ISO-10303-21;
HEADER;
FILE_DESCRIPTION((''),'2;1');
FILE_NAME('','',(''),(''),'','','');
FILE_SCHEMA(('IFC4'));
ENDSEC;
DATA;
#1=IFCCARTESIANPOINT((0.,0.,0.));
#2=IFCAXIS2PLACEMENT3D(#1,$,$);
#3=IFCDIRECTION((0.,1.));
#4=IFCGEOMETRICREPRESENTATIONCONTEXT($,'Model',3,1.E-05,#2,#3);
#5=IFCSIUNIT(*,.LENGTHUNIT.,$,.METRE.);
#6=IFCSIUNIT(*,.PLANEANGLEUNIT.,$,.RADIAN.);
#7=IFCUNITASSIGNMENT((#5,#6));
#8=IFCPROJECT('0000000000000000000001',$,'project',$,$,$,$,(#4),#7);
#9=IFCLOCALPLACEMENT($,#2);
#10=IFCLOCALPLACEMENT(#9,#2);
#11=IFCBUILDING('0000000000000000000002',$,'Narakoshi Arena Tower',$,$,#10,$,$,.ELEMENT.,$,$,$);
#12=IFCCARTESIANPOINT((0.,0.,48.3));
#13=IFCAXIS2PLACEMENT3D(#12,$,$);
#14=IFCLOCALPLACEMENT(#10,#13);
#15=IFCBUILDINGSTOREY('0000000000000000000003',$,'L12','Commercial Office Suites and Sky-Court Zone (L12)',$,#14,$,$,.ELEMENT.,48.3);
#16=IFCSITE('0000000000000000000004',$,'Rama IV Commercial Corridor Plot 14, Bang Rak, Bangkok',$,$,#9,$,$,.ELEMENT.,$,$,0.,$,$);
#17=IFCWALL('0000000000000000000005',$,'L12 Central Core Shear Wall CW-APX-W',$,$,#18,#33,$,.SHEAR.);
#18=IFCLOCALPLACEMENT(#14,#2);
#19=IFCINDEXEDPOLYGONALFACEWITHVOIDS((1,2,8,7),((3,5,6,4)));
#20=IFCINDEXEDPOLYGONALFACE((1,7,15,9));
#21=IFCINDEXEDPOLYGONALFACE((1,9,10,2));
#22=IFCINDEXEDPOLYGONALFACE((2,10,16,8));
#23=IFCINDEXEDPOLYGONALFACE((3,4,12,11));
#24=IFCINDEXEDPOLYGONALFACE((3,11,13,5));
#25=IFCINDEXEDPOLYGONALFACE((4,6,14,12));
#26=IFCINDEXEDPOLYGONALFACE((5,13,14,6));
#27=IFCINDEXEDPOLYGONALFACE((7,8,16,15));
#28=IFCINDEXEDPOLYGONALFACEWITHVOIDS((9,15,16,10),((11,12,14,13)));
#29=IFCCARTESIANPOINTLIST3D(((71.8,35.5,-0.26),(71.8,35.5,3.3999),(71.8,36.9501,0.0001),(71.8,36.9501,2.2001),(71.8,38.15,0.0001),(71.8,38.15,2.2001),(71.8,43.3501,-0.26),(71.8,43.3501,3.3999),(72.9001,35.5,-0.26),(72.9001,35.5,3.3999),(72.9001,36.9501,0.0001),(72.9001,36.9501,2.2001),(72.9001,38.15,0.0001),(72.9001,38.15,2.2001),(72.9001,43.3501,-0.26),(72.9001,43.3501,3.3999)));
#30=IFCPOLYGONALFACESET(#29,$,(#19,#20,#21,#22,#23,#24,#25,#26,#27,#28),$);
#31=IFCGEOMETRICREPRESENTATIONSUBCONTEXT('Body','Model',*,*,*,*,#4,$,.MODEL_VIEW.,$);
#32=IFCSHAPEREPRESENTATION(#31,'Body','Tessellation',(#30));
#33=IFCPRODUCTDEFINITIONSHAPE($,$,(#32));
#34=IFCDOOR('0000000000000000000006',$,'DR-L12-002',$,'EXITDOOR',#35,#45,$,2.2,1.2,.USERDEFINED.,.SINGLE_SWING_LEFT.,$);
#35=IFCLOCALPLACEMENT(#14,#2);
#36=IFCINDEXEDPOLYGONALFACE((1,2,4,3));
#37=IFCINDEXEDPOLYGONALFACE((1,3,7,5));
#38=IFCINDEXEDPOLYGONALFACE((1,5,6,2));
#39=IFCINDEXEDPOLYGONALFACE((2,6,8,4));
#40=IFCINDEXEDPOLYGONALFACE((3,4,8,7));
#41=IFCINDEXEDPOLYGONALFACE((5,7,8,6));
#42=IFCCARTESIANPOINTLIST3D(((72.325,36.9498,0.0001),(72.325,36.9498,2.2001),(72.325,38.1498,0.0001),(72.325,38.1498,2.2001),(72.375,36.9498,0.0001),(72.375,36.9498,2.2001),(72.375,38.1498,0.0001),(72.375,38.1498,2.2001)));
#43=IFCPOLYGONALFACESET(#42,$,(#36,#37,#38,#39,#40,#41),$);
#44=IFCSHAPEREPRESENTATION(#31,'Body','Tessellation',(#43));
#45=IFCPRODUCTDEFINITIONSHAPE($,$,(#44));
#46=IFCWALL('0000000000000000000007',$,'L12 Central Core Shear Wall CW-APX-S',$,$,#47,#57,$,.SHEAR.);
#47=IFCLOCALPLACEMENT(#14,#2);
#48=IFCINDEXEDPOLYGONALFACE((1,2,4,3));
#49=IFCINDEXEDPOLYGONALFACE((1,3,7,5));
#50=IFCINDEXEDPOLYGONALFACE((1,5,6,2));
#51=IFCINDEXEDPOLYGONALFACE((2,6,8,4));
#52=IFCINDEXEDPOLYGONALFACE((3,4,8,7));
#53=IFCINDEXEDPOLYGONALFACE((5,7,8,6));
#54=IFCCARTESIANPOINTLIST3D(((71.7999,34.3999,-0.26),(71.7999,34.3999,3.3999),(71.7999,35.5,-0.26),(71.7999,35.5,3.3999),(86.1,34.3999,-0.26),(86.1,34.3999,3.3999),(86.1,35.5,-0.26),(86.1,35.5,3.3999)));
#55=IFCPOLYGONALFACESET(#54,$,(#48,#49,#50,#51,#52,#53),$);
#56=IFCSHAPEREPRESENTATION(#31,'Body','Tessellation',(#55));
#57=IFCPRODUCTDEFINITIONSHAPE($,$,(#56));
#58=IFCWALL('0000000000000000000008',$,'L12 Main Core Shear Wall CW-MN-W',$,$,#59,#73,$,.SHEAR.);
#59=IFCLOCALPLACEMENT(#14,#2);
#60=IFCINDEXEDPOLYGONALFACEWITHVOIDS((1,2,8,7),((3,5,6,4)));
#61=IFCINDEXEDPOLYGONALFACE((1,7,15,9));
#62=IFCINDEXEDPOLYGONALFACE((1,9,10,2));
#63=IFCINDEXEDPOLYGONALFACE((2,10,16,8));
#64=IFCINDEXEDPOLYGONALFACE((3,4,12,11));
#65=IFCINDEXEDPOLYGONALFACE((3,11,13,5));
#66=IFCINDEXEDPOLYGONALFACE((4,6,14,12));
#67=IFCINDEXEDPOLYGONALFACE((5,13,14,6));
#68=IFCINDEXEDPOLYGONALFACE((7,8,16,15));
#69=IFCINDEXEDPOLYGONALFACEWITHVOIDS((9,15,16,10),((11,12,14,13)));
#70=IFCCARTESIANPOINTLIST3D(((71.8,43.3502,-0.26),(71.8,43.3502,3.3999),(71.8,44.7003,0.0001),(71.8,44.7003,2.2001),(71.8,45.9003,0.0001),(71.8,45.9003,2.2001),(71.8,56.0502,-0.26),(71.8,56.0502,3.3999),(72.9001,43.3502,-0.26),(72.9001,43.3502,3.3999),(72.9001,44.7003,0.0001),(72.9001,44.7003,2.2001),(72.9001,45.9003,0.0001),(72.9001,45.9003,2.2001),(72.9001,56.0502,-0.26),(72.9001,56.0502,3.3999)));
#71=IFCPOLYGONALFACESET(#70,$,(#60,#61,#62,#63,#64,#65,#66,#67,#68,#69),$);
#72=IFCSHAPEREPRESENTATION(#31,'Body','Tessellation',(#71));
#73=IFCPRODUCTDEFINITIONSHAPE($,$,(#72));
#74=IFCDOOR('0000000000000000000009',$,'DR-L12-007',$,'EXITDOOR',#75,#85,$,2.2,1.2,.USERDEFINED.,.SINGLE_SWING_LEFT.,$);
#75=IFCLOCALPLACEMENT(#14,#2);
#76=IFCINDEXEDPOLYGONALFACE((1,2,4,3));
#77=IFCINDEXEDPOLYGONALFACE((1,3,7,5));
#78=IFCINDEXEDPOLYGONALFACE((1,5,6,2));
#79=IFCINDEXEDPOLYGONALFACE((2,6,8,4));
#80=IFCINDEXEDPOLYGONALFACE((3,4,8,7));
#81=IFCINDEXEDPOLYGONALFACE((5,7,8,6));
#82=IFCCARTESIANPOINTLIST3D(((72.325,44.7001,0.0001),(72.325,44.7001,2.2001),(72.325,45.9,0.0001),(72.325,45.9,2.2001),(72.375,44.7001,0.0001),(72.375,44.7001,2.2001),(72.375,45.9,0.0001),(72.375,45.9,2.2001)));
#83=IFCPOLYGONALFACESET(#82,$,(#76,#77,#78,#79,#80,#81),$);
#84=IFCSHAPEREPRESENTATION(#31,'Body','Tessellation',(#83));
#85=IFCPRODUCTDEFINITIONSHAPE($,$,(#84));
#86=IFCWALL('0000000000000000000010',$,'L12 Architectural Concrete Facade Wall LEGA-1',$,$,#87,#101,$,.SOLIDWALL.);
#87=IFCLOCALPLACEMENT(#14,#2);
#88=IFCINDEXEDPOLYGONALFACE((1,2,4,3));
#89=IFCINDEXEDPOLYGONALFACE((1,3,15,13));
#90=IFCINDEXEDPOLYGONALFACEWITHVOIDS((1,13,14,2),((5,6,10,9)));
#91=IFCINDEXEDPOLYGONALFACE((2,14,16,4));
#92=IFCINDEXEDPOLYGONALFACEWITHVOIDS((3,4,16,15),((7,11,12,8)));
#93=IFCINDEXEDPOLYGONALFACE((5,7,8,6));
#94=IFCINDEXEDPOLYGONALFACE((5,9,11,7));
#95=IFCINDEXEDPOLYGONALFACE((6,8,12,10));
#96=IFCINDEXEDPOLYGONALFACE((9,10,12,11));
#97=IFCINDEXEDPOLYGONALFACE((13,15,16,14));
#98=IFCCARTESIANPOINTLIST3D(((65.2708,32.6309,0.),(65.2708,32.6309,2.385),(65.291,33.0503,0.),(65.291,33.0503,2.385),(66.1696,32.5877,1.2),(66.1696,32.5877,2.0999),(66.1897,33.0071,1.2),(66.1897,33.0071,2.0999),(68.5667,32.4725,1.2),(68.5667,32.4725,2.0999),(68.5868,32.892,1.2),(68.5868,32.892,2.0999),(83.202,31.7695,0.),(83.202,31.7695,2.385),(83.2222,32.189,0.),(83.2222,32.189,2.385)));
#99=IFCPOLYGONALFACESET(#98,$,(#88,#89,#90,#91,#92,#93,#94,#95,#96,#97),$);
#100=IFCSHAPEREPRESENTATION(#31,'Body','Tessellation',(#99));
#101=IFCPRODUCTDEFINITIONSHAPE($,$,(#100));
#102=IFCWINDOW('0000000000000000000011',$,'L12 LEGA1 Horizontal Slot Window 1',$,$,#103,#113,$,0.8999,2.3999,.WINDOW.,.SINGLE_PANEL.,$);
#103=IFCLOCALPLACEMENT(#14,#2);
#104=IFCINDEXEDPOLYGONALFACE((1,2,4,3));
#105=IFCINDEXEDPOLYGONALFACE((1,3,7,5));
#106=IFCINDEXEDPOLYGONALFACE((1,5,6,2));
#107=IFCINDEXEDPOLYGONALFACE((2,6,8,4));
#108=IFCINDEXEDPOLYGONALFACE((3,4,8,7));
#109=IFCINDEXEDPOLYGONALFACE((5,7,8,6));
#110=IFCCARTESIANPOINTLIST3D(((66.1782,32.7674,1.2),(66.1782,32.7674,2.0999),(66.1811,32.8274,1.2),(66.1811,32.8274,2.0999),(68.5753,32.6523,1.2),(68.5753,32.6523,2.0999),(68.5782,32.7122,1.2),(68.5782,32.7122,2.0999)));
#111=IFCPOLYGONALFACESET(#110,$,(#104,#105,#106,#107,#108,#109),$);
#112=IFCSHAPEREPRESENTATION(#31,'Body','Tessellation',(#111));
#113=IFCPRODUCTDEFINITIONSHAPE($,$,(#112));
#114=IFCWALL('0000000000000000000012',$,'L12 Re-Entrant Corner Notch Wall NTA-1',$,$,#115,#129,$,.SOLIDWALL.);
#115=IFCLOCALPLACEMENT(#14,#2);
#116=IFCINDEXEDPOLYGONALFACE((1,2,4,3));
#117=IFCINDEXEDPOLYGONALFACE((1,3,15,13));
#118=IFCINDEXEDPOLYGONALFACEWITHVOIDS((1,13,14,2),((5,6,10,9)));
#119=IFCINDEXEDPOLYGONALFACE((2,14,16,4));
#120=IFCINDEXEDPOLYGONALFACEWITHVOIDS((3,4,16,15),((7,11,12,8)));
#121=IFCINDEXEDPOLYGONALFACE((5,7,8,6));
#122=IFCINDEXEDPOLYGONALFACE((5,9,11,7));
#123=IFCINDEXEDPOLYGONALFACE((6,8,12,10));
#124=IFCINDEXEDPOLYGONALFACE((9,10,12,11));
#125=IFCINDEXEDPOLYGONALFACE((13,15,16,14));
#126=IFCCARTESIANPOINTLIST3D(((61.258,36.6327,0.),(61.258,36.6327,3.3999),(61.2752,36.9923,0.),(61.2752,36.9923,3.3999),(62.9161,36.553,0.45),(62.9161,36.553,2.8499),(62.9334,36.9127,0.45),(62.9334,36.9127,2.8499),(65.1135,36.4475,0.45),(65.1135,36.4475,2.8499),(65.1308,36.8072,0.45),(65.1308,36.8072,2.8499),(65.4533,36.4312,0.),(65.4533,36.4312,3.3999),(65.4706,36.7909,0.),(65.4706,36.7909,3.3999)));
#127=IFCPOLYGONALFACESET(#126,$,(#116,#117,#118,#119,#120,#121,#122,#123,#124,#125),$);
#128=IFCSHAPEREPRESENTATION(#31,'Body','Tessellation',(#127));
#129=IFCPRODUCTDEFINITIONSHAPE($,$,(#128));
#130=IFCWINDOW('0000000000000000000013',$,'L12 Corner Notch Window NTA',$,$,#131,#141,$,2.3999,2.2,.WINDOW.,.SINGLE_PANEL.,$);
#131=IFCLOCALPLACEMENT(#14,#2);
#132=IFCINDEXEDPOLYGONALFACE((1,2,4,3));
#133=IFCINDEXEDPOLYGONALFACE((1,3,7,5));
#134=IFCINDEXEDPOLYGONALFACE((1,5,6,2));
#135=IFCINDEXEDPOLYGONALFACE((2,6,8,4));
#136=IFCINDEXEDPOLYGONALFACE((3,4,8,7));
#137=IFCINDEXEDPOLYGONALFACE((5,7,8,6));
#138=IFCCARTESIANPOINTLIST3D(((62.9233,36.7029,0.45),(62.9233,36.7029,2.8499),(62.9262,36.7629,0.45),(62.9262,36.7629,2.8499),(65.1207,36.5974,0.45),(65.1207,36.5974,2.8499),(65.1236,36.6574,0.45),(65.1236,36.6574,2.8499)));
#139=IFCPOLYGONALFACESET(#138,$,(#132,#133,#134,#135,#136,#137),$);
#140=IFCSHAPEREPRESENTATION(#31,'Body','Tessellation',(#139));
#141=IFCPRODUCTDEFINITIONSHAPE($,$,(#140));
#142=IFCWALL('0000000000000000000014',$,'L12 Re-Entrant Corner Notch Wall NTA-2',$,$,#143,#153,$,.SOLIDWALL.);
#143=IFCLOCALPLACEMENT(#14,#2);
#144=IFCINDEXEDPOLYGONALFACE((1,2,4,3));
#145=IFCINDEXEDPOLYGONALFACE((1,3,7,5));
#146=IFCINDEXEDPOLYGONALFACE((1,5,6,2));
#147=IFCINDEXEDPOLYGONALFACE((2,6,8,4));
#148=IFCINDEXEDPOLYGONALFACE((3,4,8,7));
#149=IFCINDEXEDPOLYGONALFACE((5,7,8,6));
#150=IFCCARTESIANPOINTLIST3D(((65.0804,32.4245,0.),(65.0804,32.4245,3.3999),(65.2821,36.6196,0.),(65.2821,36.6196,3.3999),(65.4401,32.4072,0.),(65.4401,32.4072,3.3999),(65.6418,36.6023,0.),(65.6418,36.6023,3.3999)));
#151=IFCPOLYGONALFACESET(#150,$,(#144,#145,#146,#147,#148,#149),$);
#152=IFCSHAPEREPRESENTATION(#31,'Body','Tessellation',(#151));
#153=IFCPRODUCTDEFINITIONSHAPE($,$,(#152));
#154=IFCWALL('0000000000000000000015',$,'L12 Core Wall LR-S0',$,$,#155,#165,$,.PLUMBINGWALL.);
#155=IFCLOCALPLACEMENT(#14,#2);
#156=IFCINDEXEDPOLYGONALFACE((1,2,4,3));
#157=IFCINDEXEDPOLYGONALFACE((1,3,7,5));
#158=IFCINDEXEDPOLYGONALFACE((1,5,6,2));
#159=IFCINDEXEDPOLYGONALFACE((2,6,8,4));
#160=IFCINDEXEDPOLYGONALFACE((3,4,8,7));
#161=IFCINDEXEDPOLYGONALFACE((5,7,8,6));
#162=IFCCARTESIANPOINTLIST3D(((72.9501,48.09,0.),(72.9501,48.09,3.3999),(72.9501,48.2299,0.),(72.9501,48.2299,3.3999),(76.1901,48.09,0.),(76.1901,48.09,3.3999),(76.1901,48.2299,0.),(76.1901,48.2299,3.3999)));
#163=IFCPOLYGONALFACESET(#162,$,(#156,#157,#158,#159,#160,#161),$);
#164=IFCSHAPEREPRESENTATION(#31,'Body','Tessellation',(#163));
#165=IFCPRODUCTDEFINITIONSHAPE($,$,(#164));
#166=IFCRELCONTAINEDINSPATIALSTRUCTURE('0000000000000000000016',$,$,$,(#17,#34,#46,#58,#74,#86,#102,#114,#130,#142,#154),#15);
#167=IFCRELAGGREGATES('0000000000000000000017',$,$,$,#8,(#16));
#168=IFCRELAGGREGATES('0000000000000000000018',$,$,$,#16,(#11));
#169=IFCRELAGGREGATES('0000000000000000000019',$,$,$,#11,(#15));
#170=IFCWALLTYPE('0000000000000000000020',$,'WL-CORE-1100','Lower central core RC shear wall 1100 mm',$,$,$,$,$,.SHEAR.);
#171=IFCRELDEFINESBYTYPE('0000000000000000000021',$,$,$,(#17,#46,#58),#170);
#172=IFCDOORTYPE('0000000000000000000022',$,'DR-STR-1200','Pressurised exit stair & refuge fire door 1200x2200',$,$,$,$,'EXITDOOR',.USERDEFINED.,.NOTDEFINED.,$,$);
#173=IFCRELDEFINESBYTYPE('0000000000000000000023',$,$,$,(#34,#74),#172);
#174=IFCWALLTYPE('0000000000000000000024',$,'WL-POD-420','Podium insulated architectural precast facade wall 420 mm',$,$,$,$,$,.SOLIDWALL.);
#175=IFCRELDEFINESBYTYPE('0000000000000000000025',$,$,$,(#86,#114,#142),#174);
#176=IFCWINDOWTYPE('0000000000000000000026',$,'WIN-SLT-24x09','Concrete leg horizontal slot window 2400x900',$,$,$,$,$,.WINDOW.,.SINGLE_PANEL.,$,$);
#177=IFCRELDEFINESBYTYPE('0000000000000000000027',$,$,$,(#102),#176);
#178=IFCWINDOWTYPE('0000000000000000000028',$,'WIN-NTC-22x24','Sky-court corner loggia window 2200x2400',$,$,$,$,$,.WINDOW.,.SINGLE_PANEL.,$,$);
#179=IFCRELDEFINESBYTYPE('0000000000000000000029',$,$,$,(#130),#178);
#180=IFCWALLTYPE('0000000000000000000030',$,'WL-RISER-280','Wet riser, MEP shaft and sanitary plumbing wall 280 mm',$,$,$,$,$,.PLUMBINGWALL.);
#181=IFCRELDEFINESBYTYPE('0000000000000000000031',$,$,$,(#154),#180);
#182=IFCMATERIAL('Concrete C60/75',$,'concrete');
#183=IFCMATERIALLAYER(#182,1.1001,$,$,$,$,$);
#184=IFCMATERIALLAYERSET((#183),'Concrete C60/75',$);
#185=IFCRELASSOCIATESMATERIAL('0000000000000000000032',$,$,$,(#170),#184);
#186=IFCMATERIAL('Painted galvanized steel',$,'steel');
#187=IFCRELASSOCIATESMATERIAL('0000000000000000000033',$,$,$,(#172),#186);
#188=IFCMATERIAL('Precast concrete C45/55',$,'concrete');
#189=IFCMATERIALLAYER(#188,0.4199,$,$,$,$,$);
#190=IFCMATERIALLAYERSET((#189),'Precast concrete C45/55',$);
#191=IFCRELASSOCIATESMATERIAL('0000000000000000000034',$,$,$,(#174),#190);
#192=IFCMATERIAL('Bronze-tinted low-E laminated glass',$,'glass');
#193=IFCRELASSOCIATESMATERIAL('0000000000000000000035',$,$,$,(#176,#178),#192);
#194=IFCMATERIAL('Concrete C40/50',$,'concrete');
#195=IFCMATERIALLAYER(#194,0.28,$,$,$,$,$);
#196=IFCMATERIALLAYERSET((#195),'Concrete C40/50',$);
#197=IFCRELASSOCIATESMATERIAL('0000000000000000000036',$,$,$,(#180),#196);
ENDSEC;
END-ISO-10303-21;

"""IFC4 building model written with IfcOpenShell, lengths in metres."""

from ifc_helpers import new_model, si_unit, direction, frame, frame_2d, origin, place, context, subcontext, project, spatial, rectangle, extrude, material, layer, layer_set, type_object, element, fill, save


model = new_model("IFC4")

# Units and contexts
model_context = context("Model", 3, precision=1e-05, world=origin(), true_north=direction((0.0, 1.0)))
body_context = subcontext(model_context, "Body", "Model", "MODEL_VIEW")
ifc_project = project(units=[si_unit("LENGTHUNIT", "METRE"), si_unit("PLANEANGLEUNIT", "RADIAN")], contexts=[model_context])

# Site, building, storey
site_placement = place(None, origin())
site = spatial("IfcSite", under=ifc_project, at=site_placement, Name="Rama IV Commercial Corridor Plot 14, Bang Rak, Bangkok", CompositionType="ELEMENT", RefElevation=0.0)
building_placement = place(site_placement, origin())
building = spatial("IfcBuilding", under=site, at=building_placement, Name="Narakoshi Arena Tower", CompositionType="ELEMENT")
storey_placement = place(building_placement, frame((0.0, 0.0, 48.3)))
storey = spatial("IfcBuildingStorey", under=building, at=storey_placement, Name="L12", Description="Commercial Office Suites and Sky-Court Zone (L12)", CompositionType="ELEMENT", Elevation=48.3)

# Shared definitions
ifc_material_1 = material(Name="Concrete C60/75", Category="concrete")

# Wall, opening, door
ifc_layer_1 = layer(ifc_material_1, 1.1001)
ifc_layer_set_1 = layer_set([ifc_layer_1], Name="Concrete C60/75")
wall_type_1 = type_object("IfcWallType", Name="WL-CORE-1100", Description="Lower central core RC shear wall 1100 mm", PredefinedType="SHEAR", material=ifc_layer_set_1)
wall_1_placement = place(storey_placement, frame((72.3501, 35.5, -0.26), z_axis=(0.0, 0.0, 1.0), x_axis=(0.0, 1.0, 0.0)))
wall_1 = element("IfcWall", 1, at=wall_1_placement, inside=storey, type_object=wall_type_1, Name="L12 Central Core Shear Wall CW-APX-W", PredefinedType="SHEAR", context=body_context, shape_type="SweptSolid", body=[
    extrude(rectangle(XDim=7.8501, YDim=1.1001, at=frame_2d((3.925, 0.0))), origin(), (0.0, 0.0, 1.0), 3.6599),
])
opening_1_placement = place(wall_1_placement, frame((1.45, 0.0, 0.26)))
opening_1 = element("IfcOpeningElement", 2, at=opening_1_placement, cuts=wall_1, PredefinedType="OPENING", context=body_context, shape_type="SweptSolid", body=[
    extrude(rectangle(XDim=1.2, YDim=2.2, at=frame_2d((0.6001, 1.1001))), frame((0.0, 0.5601, 0.0), z_axis=(0.0, -1.0, 0.0), x_axis=(1.0, 0.0, 0.0)), (0.0, 0.0, 1.0), 1.1201),
])
ifc_material_2 = material(Name="Painted galvanized steel", Category="steel")
door_type_1 = type_object("IfcDoorType", Name="DR-STR-1200", Description="Pressurised exit stair & refuge fire door 1200x2200", ElementType="EXITDOOR", OperationType="NOTDEFINED", PredefinedType="USERDEFINED", material=ifc_material_2)
door_1_placement = place(opening_1_placement, frame((1.2, 0.0, 0.0), z_axis=(0.0, 0.0, 1.0), x_axis=(-1.0, 0.0, 0.0)))
door_1 = element("IfcDoor", 3, at=door_1_placement, inside=storey, type_object=door_type_1, Name="DR-L12-002", ObjectType="EXITDOOR", OperationType="SINGLE_SWING_LEFT", OverallHeight=2.2, OverallWidth=1.2, PredefinedType="USERDEFINED", context=body_context, shape_type="SweptSolid", body=[
    extrude(rectangle(XDim=1.2, YDim=2.2, at=frame_2d((0.6001, 1.1001))), frame((0.0, 0.0249, 0.0), z_axis=(0.0, -1.0, 0.0), x_axis=(1.0, 0.0, 0.0)), (0.0, 0.0, 1.0), 0.05),
])
fill(opening_1, door_1)

# Wall
wall_2_placement = place(storey_placement, frame((71.8, 34.95, -0.26), z_axis=(0.0, 0.0, 1.0), x_axis=(1.0, 0.0, 0.0)))
element("IfcWall", 4, at=wall_2_placement, inside=storey, type_object=wall_type_1, Name="L12 Central Core Shear Wall CW-APX-S", PredefinedType="SHEAR", context=body_context, shape_type="SweptSolid", body=[
    extrude(rectangle(XDim=14.3, YDim=1.1001, at=frame_2d((7.1499, 0.0))), origin(), (0.0, 0.0, 1.0), 3.6599),
])

# Wall, opening, door
wall_3_placement = place(storey_placement, frame((72.3501, 43.3501, -0.26), z_axis=(0.0, 0.0, 1.0), x_axis=(0.0, 1.0, 0.0)))
wall_3 = element("IfcWall", 5, at=wall_3_placement, inside=storey, type_object=wall_type_1, Name="L12 Main Core Shear Wall CW-MN-W", PredefinedType="SHEAR", context=body_context, shape_type="SweptSolid", body=[
    extrude(rectangle(XDim=12.7, YDim=1.1001, at=frame_2d((6.3501, 0.0))), origin(), (0.0, 0.0, 1.0), 3.6599),
])
opening_2_placement = place(wall_3_placement, frame((1.3501, 0.0, 0.26)))
opening_2 = element("IfcOpeningElement", 6, at=opening_2_placement, cuts=wall_3, PredefinedType="OPENING", context=body_context, shape_type="SweptSolid", body=[
    extrude(rectangle(XDim=1.2, YDim=2.2, at=frame_2d((0.6001, 1.1001))), frame((0.0, 0.5601, 0.0), z_axis=(0.0, -1.0, 0.0), x_axis=(1.0, 0.0, 0.0)), (0.0, 0.0, 1.0), 1.1201),
])
door_2_placement = place(opening_2_placement, frame((1.2, 0.0, 0.0), z_axis=(0.0, 0.0, 1.0), x_axis=(-1.0, 0.0, 0.0)))
door_2 = element("IfcDoor", 7, at=door_2_placement, inside=storey, type_object=door_type_1, Name="DR-L12-007", ObjectType="EXITDOOR", OperationType="SINGLE_SWING_LEFT", OverallHeight=2.2, OverallWidth=1.2, PredefinedType="USERDEFINED", context=body_context, shape_type="SweptSolid", body=[
    extrude(rectangle(XDim=1.2, YDim=2.2, at=frame_2d((0.6001, 1.1001))), frame((0.0, 0.0249, 0.0), z_axis=(0.0, -1.0, 0.0), x_axis=(1.0, 0.0, 0.0)), (0.0, 0.0, 1.0), 0.05),
])
fill(opening_2, door_2)

# Walls, openings, windows
ifc_material_3 = material(Name="Precast concrete C45/55", Category="concrete")
ifc_layer_2 = layer(ifc_material_3, 0.4199)
ifc_layer_set_2 = layer_set([ifc_layer_2], Name="Precast concrete C45/55")
wall_type_2 = type_object("IfcWallType", Name="WL-POD-420", Description="Podium insulated architectural precast facade wall 420 mm", PredefinedType="SOLIDWALL", material=ifc_layer_set_2)
wall_4_placement = place(storey_placement, frame((65.2808, 32.8406, 0.0), z_axis=(0.0, 0.0, 1.0), x_axis=(0.998848, -0.04798, 0.0)))
wall_4 = element("IfcWall", 8, at=wall_4_placement, inside=storey, type_object=wall_type_2, Name="L12 Architectural Concrete Facade Wall LEGA-1", PredefinedType="SOLIDWALL", context=body_context, shape_type="SweptSolid", body=[
    extrude(rectangle(XDim=17.9519, YDim=0.4199, at=frame_2d((8.9761, 0.0))), origin(), (0.0, 0.0, 1.0), 2.385),
])
opening_3_placement = place(wall_4_placement, frame((0.8999, 0.0, 1.2)))
opening_3 = element("IfcOpeningElement", 9, at=opening_3_placement, cuts=wall_4, PredefinedType="OPENING", context=body_context, shape_type="SweptSolid", body=[
    extrude(rectangle(XDim=2.3999, YDim=0.8999, at=frame_2d((1.2, 0.45))), frame((0.0, 0.22, 0.0), z_axis=(0.0, -1.0, 0.0), x_axis=(1.0, 0.0, 0.0)), (0.0, 0.0, 1.0), 0.4399),
])
ifc_material_4 = material(Name="Bronze-tinted low-E laminated glass", Category="glass")
window_type_1 = type_object("IfcWindowType", Name="WIN-SLT-24x09", Description="Concrete leg horizontal slot window 2400x900", PartitioningType="SINGLE_PANEL", PredefinedType="WINDOW", material=ifc_material_4)
window_1_placement = place(opening_3_placement, origin())
window_1 = element("IfcWindow", 10, at=window_1_placement, inside=storey, type_object=window_type_1, Name="L12 LEGA1 Horizontal Slot Window 1", OverallHeight=0.8999, OverallWidth=2.3999, PartitioningType="SINGLE_PANEL", PredefinedType="WINDOW", context=body_context, shape_type="SweptSolid", body=[
    extrude(rectangle(XDim=2.3999, YDim=0.8999, at=frame_2d((1.2, 0.45))), frame((0.0, 0.03, 0.0), z_axis=(0.0, -1.0, 0.0), x_axis=(1.0, 0.0, 0.0)), (0.0, 0.0, 1.0), 0.0601),
])
fill(opening_3, window_1)
wall_5_placement = place(storey_placement, frame((61.2666, 36.8125, 0.0), z_axis=(0.0, 0.0, 1.0), x_axis=(0.99885, -0.047955, 0.0)))
wall_5 = element("IfcWall", 11, at=wall_5_placement, inside=storey, type_object=wall_type_2, Name="L12 Re-Entrant Corner Notch Wall NTA-1", PredefinedType="SOLIDWALL", context=body_context, shape_type="SweptSolid", body=[
    extrude(rectangle(XDim=4.2002, YDim=0.3601, at=frame_2d((2.1001, 0.0))), origin(), (0.0, 0.0, 1.0), 3.3999),
])
opening_4_placement = place(wall_5_placement, frame((1.6599, 0.0, 0.45)))
opening_4 = element("IfcOpeningElement", 12, at=opening_4_placement, cuts=wall_5, PredefinedType="OPENING", context=body_context, shape_type="SweptSolid", body=[
    extrude(rectangle(XDim=2.2, YDim=2.3999, at=frame_2d((1.1001, 1.2))), frame((0.0, 0.1899, 0.0), z_axis=(0.0, -1.0, 0.0), x_axis=(1.0, 0.0, 0.0)), (0.0, 0.0, 1.0), 0.3801),
])
window_type_2 = type_object("IfcWindowType", Name="WIN-NTC-22x24", Description="Sky-court corner loggia window 2200x2400", PartitioningType="SINGLE_PANEL", PredefinedType="WINDOW", material=ifc_material_4)
window_2_placement = place(opening_4_placement, origin())
window_2 = element("IfcWindow", 13, at=window_2_placement, inside=storey, type_object=window_type_2, Name="L12 Corner Notch Window NTA", OverallHeight=2.3999, OverallWidth=2.2, PartitioningType="SINGLE_PANEL", PredefinedType="WINDOW", context=body_context, shape_type="SweptSolid", body=[
    extrude(rectangle(XDim=2.2, YDim=2.3999, at=frame_2d((1.1001, 1.2))), frame((0.0, 0.03, 0.0), z_axis=(0.0, -1.0, 0.0), x_axis=(1.0, 0.0, 0.0)), (0.0, 0.0, 1.0), 0.0601),
])
fill(opening_4, window_2)

# Walls
wall_6_placement = place(storey_placement, frame((65.4619, 36.6111, 0.0), z_axis=(0.0, 0.0, 1.0), x_axis=(-0.048015, -0.998847, 0.0)))
element("IfcWall", 14, at=wall_6_placement, inside=storey, type_object=wall_type_2, Name="L12 Re-Entrant Corner Notch Wall NTA-2", PredefinedType="SOLIDWALL", context=body_context, shape_type="SweptSolid", body=[
    extrude(rectangle(XDim=4.2, YDim=0.3601, at=frame_2d((2.1001, 0.0))), origin(), (0.0, 0.0, 1.0), 3.3999),
])
ifc_material_5 = material(Name="Concrete C40/50", Category="concrete")
ifc_layer_3 = layer(ifc_material_5, 0.28)
ifc_layer_set_3 = layer_set([ifc_layer_3], Name="Concrete C40/50")
wall_type_3 = type_object("IfcWallType", Name="WL-RISER-280", Description="Wet riser, MEP shaft and sanitary plumbing wall 280 mm", PredefinedType="PLUMBINGWALL", material=ifc_layer_set_3)
wall_7_placement = place(storey_placement, frame((72.95, 48.1599, 0.0), z_axis=(0.0, 0.0, 1.0), x_axis=(1.0, 0.0, 0.0)))
element("IfcWall", 15, at=wall_7_placement, inside=storey, type_object=wall_type_3, Name="L12 Core Wall LR-S0", PredefinedType="PLUMBINGWALL", context=body_context, shape_type="SweptSolid", body=[
    extrude(rectangle(XDim=3.24, YDim=0.1399, at=frame_2d((1.6201, 0.0))), origin(), (0.0, 0.0, 1.0), 3.3999),
])

save(model, "model.ifc")
